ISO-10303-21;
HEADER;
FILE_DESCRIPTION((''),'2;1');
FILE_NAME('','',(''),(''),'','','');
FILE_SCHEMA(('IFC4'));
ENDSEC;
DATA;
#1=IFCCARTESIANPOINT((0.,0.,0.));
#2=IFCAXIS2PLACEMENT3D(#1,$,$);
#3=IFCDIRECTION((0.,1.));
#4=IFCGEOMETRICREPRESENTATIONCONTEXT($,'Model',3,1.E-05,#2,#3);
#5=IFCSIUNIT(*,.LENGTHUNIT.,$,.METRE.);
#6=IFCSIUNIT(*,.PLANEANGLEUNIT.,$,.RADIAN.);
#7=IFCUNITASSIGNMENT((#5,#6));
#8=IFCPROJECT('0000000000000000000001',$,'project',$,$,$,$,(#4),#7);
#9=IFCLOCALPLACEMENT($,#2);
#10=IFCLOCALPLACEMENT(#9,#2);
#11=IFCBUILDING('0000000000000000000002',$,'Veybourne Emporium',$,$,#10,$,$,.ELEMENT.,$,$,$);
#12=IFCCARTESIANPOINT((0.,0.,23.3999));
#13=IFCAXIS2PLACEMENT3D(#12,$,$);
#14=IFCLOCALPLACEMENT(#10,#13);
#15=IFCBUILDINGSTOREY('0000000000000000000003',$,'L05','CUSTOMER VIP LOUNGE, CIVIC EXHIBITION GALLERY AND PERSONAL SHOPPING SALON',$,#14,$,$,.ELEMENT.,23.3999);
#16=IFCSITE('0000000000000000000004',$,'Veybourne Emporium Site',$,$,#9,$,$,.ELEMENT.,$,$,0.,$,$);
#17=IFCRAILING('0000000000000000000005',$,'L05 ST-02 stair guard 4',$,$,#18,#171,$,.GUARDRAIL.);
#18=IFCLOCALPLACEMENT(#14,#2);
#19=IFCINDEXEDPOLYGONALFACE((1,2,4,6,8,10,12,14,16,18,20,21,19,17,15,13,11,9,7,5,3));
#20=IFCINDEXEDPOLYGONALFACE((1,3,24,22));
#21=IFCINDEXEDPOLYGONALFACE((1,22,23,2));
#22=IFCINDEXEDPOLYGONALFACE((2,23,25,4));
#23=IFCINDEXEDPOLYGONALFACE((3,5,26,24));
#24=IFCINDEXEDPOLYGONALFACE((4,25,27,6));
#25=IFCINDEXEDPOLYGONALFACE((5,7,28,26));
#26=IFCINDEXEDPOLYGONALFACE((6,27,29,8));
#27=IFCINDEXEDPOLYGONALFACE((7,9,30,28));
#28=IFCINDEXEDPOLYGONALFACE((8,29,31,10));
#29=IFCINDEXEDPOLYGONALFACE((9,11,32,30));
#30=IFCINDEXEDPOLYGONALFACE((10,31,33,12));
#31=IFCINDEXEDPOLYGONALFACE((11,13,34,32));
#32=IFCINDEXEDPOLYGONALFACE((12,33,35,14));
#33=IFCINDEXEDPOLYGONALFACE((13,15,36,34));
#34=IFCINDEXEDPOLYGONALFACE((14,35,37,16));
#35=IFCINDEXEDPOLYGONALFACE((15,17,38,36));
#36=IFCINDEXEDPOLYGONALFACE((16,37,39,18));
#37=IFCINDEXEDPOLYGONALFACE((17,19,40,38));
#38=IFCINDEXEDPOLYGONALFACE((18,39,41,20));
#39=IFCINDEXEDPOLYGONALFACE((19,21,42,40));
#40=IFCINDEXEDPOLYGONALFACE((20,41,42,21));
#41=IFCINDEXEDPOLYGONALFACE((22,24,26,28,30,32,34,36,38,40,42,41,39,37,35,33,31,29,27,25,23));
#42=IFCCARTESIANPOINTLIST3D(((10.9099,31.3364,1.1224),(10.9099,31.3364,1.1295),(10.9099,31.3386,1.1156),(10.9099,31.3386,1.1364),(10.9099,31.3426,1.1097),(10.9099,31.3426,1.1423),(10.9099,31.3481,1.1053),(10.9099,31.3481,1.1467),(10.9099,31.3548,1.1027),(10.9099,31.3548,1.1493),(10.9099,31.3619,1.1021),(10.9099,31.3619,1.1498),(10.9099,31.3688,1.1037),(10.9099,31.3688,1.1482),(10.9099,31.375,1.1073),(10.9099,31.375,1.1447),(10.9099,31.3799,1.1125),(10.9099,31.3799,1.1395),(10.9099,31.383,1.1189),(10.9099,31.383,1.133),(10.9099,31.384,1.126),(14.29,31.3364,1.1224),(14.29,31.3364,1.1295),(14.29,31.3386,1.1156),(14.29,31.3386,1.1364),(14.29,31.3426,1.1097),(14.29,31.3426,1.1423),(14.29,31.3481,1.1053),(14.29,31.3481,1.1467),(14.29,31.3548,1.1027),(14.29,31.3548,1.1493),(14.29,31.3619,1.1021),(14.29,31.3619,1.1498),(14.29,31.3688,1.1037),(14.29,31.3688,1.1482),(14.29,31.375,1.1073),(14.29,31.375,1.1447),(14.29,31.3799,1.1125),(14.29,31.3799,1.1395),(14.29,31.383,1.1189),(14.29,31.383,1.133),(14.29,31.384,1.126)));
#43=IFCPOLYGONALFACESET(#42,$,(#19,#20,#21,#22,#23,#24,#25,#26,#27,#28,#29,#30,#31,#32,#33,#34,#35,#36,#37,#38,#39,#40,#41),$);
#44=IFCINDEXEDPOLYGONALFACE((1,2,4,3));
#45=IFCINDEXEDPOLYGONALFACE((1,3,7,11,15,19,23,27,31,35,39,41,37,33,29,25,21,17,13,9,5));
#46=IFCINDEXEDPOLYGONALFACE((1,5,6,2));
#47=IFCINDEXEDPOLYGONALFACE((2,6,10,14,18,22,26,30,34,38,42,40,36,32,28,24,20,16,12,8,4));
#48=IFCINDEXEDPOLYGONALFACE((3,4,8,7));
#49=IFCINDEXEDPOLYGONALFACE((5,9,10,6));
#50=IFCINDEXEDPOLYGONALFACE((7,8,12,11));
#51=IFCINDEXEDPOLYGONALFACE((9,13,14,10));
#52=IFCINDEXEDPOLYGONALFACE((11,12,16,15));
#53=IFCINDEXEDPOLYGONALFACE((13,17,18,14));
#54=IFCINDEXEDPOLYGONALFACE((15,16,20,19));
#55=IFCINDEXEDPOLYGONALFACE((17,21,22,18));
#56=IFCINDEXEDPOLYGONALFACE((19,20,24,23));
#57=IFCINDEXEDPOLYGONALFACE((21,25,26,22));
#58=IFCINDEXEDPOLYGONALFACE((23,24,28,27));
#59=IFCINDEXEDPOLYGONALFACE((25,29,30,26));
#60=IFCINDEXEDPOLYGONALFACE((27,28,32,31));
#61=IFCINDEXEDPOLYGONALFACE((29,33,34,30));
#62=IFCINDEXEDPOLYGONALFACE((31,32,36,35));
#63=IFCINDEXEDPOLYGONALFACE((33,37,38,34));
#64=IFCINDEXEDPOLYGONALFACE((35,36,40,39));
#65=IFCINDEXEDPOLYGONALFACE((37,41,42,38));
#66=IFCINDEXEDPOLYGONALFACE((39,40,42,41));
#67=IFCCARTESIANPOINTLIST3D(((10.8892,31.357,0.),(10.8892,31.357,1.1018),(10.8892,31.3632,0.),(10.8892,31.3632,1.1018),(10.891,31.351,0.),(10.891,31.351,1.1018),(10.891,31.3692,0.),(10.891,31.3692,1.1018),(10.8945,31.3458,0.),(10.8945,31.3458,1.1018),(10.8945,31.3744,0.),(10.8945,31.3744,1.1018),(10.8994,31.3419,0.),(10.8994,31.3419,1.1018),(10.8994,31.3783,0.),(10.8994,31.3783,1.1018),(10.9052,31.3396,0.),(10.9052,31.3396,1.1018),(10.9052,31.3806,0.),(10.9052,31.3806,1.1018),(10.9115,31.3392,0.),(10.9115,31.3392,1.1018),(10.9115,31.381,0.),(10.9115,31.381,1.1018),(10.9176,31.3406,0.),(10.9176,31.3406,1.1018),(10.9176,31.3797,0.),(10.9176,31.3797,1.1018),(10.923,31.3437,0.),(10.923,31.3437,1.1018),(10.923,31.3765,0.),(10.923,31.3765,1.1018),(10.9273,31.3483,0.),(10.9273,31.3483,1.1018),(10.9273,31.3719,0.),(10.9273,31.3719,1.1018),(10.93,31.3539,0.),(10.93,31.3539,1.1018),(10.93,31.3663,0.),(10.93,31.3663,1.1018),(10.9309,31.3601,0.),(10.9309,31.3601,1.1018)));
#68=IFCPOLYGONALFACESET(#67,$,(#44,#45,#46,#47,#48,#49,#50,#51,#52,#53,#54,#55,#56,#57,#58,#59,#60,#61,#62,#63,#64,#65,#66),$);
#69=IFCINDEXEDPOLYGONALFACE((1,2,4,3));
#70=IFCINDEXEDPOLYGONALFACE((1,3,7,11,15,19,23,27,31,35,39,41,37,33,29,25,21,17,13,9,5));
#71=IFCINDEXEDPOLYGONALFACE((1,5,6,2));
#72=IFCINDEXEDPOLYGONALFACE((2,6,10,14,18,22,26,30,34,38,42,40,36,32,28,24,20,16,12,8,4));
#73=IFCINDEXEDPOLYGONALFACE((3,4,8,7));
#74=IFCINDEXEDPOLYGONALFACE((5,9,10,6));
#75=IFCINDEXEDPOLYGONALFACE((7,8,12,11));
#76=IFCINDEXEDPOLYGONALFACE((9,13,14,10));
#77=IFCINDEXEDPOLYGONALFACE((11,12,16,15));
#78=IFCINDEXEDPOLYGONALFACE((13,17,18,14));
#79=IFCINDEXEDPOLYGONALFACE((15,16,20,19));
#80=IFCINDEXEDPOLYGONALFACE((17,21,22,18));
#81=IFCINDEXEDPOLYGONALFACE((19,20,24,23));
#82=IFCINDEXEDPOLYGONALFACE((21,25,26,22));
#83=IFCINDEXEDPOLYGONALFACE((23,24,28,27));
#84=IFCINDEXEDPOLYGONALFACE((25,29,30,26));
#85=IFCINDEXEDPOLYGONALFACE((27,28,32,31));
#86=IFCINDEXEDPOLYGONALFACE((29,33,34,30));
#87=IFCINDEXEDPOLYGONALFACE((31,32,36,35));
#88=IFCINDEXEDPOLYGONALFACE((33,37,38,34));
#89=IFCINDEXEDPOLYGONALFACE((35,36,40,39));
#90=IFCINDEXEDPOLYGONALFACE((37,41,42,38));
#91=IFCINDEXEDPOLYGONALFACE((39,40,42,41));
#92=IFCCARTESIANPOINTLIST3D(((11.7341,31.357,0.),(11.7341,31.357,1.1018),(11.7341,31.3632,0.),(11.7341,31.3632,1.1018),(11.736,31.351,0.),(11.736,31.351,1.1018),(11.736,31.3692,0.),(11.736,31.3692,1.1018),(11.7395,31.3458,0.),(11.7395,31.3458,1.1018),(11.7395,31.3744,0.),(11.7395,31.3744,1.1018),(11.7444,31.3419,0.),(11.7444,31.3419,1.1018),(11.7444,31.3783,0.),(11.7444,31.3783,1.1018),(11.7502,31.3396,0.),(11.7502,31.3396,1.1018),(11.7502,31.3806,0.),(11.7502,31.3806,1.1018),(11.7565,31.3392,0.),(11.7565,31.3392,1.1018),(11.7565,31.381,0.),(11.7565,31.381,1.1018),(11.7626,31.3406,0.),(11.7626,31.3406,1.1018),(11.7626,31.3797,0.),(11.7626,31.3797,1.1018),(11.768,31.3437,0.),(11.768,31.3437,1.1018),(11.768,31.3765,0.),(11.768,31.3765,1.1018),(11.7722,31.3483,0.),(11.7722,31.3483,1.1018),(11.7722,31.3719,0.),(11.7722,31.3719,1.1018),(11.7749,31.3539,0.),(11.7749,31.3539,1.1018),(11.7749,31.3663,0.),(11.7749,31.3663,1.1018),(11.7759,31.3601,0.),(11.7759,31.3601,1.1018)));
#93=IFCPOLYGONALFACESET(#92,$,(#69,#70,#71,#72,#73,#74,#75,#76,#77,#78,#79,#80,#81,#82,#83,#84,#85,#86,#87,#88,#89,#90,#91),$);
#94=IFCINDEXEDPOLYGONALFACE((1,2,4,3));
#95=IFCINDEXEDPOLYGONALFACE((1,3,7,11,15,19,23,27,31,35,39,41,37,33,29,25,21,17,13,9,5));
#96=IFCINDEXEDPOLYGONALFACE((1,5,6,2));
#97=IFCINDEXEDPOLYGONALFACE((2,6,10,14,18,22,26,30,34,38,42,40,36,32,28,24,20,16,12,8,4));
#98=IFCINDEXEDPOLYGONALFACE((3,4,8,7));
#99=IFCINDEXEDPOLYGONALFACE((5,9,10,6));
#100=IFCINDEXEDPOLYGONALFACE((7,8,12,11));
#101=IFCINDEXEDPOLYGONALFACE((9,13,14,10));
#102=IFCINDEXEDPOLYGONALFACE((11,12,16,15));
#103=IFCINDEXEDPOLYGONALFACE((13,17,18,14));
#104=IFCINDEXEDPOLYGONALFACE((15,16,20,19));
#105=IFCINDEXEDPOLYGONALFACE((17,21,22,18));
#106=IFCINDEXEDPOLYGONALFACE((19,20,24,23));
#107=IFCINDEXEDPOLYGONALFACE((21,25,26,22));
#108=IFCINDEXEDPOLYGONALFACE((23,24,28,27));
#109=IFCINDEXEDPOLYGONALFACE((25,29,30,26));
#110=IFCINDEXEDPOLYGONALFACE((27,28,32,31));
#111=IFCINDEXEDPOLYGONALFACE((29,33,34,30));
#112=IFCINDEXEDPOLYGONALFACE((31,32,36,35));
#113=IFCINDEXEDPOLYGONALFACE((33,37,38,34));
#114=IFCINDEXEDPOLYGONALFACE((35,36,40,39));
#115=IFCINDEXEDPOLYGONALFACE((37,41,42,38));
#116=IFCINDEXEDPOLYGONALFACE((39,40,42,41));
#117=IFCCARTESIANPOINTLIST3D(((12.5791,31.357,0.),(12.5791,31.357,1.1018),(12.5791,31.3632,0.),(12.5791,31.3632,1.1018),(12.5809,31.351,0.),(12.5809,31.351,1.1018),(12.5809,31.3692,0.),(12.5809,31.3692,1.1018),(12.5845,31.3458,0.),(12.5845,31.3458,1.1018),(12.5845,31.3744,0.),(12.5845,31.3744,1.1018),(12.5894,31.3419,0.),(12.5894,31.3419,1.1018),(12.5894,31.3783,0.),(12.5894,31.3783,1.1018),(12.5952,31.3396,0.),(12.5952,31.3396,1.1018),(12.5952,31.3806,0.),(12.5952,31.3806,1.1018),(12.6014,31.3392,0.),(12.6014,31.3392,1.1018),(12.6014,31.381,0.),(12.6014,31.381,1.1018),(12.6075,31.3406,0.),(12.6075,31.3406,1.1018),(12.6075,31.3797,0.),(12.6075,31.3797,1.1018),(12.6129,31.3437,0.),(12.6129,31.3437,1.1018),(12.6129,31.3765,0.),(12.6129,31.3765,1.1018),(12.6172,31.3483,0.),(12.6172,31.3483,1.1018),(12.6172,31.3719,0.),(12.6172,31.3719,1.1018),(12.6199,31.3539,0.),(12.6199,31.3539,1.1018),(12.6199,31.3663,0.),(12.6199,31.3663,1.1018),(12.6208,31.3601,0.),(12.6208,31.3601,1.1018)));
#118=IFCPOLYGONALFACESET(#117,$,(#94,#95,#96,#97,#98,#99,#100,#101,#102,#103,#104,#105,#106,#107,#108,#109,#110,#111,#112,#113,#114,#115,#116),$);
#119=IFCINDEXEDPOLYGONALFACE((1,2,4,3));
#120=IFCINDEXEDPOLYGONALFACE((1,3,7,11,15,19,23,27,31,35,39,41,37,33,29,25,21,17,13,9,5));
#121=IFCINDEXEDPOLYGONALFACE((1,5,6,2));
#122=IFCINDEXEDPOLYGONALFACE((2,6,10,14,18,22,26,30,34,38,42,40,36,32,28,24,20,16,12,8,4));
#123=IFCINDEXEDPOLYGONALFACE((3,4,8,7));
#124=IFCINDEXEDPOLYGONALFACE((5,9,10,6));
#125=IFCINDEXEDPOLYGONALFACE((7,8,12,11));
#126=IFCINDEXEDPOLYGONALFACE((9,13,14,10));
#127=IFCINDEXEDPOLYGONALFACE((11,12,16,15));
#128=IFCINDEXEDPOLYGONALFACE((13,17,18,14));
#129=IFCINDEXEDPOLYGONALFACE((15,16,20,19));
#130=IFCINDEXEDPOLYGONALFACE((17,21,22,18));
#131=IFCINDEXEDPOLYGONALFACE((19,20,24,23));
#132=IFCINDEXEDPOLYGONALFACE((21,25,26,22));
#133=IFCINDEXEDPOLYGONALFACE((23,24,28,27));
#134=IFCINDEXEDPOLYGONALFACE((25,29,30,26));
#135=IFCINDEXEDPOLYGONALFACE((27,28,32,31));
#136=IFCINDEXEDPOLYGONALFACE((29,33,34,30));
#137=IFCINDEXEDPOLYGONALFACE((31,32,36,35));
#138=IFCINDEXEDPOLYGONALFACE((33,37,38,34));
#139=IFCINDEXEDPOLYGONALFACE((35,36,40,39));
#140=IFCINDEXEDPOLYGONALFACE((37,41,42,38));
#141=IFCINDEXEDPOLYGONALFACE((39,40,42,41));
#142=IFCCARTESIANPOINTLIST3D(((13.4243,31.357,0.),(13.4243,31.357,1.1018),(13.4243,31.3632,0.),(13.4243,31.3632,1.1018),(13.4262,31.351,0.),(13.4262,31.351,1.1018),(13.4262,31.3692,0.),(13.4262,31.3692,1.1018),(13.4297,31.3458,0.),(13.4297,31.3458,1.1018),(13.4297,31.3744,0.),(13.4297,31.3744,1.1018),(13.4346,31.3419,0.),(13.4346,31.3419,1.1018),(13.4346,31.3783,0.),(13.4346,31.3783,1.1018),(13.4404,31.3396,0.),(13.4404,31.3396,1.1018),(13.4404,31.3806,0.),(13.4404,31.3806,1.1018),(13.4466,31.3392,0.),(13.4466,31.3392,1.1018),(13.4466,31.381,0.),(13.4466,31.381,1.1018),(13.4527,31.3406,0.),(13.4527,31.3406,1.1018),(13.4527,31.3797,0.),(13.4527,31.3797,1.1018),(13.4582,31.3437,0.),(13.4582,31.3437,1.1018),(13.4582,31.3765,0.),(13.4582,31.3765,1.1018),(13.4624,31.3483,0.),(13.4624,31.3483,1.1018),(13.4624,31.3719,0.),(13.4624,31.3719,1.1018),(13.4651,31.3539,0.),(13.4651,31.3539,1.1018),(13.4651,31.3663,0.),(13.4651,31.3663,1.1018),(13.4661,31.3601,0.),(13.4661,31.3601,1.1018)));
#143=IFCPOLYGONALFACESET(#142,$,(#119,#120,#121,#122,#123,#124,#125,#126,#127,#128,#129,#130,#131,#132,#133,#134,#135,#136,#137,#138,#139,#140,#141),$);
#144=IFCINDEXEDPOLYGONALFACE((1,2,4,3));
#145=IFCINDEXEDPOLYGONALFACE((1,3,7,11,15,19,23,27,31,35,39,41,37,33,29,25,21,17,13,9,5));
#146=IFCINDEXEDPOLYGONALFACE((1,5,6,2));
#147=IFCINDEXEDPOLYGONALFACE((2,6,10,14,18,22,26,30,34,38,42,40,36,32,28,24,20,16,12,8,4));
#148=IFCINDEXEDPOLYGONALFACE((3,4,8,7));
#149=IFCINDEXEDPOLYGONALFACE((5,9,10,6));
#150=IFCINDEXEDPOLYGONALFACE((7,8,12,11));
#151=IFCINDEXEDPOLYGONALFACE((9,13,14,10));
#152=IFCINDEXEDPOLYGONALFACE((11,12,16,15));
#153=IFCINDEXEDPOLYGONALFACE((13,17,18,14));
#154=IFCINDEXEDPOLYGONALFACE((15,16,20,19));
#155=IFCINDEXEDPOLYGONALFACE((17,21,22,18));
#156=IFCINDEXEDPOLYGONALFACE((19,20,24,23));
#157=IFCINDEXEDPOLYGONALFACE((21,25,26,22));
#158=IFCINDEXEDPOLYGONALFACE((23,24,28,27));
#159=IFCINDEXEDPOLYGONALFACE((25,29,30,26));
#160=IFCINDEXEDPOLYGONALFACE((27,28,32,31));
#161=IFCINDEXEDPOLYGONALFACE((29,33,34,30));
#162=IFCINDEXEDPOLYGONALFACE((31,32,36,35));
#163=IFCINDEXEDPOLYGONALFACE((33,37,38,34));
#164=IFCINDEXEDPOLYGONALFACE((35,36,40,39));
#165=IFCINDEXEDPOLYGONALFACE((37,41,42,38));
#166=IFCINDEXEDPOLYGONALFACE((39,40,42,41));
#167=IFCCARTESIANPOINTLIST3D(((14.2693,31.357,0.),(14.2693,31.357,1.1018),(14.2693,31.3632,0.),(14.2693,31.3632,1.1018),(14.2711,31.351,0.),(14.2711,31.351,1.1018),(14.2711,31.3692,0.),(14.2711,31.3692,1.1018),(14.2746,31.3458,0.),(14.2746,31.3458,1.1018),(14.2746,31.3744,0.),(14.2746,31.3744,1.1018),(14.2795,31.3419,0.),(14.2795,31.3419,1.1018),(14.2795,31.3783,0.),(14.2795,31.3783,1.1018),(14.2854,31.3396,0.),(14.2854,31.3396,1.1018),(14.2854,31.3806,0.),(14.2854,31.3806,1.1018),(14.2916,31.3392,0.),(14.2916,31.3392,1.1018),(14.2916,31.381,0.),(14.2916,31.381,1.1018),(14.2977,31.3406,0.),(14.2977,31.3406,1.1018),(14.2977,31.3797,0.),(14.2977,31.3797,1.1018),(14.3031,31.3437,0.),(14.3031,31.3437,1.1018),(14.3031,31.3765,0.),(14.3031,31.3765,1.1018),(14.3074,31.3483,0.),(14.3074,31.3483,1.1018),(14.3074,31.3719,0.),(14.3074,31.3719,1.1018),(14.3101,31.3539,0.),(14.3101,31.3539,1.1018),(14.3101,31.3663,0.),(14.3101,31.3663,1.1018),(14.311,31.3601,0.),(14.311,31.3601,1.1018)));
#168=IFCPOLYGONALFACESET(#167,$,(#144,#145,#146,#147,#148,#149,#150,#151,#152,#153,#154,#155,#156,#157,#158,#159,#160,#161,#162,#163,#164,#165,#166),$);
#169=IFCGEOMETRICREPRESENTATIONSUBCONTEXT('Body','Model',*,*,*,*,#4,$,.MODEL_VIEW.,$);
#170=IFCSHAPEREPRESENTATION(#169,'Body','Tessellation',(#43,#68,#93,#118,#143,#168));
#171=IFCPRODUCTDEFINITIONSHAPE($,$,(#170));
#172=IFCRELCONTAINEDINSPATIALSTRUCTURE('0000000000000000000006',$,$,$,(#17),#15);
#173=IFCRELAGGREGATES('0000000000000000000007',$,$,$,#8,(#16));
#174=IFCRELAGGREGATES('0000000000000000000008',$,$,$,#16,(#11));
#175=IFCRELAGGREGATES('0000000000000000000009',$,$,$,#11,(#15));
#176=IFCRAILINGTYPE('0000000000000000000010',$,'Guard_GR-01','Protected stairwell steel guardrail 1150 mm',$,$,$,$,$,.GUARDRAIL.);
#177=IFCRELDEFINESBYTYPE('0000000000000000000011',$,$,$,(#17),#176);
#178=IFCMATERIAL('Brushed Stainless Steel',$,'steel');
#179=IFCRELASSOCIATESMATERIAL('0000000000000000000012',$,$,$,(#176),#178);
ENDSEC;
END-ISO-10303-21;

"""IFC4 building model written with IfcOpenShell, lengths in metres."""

from ifc_helpers import new_model, si_unit, direction, frame, origin, origin_2d, place, context, subcontext, project, spatial, circle, extrude, material, type_object, element, save


model = new_model("IFC4")

# Units and contexts
model_context = context("Model", 3, precision=1e-05, world=origin(), true_north=direction((0.0, 1.0)))
body_context = subcontext(model_context, "Body", "Model", "MODEL_VIEW")
ifc_project = project(units=[si_unit("LENGTHUNIT", "METRE"), si_unit("PLANEANGLEUNIT", "RADIAN")], contexts=[model_context])

# Site, building, storey
site_placement = place(None, origin())
site = spatial("IfcSite", under=ifc_project, at=site_placement, Name="Veybourne Emporium Site", CompositionType="ELEMENT", RefElevation=0.0)
building_placement = place(site_placement, origin())
building = spatial("IfcBuilding", under=site, at=building_placement, Name="Veybourne Emporium", CompositionType="ELEMENT")
storey_placement = place(building_placement, frame((0.0, 0.0, 23.3999)))
storey = spatial("IfcBuildingStorey", under=building, at=storey_placement, Name="L05", Description="CUSTOMER VIP LOUNGE, CIVIC EXHIBITION GALLERY AND PERSONAL SHOPPING SALON", CompositionType="ELEMENT", Elevation=23.3999)

# Railing
ifc_material_1 = material(Name="Brushed Stainless Steel", Category="steel")
railing_type_1 = type_object("IfcRailingType", Name="Guard_GR-01", Description="Protected stairwell steel guardrail 1150 mm", PredefinedType="GUARDRAIL", material=ifc_material_1)
railing_1_placement = place(storey_placement, frame((10.9099, 31.3601, 0.0)))
element("IfcRailing", 1, at=railing_1_placement, inside=storey, type_object=railing_type_1, Name="L05 ST-02 stair guard 4", PredefinedType="GUARDRAIL", context=body_context, shape_type="SweptSolid", body=[
    extrude(circle(Radius=0.0239, at=origin_2d()), frame((0.0, 0.0, 1.126), z_axis=(1.0, 0.0, 0.0), x_axis=(0.0, 1.0, 0.0)), (0.0, 0.0, 1.0), 3.3801),
    extrude(circle(Radius=0.021, at=origin_2d()), origin(), (0.0, 0.0, 1.0), 1.1018),
    extrude(circle(Radius=0.021, at=origin_2d()), frame((0.845, 0.0, 0.0)), (0.0, 0.0, 1.0), 1.1018),
    extrude(circle(Radius=0.021, at=origin_2d()), frame((1.6899, 0.0, 0.0)), (0.0, 0.0, 1.0), 1.1018),
    extrude(circle(Radius=0.021, at=origin_2d()), frame((2.5352, 0.0, 0.0)), (0.0, 0.0, 1.0), 1.1018),
    extrude(circle(Radius=0.021, at=origin_2d()), frame((3.3801, 0.0, 0.0)), (0.0, 0.0, 1.0), 1.1018),
])

save(model, "model.ifc")
